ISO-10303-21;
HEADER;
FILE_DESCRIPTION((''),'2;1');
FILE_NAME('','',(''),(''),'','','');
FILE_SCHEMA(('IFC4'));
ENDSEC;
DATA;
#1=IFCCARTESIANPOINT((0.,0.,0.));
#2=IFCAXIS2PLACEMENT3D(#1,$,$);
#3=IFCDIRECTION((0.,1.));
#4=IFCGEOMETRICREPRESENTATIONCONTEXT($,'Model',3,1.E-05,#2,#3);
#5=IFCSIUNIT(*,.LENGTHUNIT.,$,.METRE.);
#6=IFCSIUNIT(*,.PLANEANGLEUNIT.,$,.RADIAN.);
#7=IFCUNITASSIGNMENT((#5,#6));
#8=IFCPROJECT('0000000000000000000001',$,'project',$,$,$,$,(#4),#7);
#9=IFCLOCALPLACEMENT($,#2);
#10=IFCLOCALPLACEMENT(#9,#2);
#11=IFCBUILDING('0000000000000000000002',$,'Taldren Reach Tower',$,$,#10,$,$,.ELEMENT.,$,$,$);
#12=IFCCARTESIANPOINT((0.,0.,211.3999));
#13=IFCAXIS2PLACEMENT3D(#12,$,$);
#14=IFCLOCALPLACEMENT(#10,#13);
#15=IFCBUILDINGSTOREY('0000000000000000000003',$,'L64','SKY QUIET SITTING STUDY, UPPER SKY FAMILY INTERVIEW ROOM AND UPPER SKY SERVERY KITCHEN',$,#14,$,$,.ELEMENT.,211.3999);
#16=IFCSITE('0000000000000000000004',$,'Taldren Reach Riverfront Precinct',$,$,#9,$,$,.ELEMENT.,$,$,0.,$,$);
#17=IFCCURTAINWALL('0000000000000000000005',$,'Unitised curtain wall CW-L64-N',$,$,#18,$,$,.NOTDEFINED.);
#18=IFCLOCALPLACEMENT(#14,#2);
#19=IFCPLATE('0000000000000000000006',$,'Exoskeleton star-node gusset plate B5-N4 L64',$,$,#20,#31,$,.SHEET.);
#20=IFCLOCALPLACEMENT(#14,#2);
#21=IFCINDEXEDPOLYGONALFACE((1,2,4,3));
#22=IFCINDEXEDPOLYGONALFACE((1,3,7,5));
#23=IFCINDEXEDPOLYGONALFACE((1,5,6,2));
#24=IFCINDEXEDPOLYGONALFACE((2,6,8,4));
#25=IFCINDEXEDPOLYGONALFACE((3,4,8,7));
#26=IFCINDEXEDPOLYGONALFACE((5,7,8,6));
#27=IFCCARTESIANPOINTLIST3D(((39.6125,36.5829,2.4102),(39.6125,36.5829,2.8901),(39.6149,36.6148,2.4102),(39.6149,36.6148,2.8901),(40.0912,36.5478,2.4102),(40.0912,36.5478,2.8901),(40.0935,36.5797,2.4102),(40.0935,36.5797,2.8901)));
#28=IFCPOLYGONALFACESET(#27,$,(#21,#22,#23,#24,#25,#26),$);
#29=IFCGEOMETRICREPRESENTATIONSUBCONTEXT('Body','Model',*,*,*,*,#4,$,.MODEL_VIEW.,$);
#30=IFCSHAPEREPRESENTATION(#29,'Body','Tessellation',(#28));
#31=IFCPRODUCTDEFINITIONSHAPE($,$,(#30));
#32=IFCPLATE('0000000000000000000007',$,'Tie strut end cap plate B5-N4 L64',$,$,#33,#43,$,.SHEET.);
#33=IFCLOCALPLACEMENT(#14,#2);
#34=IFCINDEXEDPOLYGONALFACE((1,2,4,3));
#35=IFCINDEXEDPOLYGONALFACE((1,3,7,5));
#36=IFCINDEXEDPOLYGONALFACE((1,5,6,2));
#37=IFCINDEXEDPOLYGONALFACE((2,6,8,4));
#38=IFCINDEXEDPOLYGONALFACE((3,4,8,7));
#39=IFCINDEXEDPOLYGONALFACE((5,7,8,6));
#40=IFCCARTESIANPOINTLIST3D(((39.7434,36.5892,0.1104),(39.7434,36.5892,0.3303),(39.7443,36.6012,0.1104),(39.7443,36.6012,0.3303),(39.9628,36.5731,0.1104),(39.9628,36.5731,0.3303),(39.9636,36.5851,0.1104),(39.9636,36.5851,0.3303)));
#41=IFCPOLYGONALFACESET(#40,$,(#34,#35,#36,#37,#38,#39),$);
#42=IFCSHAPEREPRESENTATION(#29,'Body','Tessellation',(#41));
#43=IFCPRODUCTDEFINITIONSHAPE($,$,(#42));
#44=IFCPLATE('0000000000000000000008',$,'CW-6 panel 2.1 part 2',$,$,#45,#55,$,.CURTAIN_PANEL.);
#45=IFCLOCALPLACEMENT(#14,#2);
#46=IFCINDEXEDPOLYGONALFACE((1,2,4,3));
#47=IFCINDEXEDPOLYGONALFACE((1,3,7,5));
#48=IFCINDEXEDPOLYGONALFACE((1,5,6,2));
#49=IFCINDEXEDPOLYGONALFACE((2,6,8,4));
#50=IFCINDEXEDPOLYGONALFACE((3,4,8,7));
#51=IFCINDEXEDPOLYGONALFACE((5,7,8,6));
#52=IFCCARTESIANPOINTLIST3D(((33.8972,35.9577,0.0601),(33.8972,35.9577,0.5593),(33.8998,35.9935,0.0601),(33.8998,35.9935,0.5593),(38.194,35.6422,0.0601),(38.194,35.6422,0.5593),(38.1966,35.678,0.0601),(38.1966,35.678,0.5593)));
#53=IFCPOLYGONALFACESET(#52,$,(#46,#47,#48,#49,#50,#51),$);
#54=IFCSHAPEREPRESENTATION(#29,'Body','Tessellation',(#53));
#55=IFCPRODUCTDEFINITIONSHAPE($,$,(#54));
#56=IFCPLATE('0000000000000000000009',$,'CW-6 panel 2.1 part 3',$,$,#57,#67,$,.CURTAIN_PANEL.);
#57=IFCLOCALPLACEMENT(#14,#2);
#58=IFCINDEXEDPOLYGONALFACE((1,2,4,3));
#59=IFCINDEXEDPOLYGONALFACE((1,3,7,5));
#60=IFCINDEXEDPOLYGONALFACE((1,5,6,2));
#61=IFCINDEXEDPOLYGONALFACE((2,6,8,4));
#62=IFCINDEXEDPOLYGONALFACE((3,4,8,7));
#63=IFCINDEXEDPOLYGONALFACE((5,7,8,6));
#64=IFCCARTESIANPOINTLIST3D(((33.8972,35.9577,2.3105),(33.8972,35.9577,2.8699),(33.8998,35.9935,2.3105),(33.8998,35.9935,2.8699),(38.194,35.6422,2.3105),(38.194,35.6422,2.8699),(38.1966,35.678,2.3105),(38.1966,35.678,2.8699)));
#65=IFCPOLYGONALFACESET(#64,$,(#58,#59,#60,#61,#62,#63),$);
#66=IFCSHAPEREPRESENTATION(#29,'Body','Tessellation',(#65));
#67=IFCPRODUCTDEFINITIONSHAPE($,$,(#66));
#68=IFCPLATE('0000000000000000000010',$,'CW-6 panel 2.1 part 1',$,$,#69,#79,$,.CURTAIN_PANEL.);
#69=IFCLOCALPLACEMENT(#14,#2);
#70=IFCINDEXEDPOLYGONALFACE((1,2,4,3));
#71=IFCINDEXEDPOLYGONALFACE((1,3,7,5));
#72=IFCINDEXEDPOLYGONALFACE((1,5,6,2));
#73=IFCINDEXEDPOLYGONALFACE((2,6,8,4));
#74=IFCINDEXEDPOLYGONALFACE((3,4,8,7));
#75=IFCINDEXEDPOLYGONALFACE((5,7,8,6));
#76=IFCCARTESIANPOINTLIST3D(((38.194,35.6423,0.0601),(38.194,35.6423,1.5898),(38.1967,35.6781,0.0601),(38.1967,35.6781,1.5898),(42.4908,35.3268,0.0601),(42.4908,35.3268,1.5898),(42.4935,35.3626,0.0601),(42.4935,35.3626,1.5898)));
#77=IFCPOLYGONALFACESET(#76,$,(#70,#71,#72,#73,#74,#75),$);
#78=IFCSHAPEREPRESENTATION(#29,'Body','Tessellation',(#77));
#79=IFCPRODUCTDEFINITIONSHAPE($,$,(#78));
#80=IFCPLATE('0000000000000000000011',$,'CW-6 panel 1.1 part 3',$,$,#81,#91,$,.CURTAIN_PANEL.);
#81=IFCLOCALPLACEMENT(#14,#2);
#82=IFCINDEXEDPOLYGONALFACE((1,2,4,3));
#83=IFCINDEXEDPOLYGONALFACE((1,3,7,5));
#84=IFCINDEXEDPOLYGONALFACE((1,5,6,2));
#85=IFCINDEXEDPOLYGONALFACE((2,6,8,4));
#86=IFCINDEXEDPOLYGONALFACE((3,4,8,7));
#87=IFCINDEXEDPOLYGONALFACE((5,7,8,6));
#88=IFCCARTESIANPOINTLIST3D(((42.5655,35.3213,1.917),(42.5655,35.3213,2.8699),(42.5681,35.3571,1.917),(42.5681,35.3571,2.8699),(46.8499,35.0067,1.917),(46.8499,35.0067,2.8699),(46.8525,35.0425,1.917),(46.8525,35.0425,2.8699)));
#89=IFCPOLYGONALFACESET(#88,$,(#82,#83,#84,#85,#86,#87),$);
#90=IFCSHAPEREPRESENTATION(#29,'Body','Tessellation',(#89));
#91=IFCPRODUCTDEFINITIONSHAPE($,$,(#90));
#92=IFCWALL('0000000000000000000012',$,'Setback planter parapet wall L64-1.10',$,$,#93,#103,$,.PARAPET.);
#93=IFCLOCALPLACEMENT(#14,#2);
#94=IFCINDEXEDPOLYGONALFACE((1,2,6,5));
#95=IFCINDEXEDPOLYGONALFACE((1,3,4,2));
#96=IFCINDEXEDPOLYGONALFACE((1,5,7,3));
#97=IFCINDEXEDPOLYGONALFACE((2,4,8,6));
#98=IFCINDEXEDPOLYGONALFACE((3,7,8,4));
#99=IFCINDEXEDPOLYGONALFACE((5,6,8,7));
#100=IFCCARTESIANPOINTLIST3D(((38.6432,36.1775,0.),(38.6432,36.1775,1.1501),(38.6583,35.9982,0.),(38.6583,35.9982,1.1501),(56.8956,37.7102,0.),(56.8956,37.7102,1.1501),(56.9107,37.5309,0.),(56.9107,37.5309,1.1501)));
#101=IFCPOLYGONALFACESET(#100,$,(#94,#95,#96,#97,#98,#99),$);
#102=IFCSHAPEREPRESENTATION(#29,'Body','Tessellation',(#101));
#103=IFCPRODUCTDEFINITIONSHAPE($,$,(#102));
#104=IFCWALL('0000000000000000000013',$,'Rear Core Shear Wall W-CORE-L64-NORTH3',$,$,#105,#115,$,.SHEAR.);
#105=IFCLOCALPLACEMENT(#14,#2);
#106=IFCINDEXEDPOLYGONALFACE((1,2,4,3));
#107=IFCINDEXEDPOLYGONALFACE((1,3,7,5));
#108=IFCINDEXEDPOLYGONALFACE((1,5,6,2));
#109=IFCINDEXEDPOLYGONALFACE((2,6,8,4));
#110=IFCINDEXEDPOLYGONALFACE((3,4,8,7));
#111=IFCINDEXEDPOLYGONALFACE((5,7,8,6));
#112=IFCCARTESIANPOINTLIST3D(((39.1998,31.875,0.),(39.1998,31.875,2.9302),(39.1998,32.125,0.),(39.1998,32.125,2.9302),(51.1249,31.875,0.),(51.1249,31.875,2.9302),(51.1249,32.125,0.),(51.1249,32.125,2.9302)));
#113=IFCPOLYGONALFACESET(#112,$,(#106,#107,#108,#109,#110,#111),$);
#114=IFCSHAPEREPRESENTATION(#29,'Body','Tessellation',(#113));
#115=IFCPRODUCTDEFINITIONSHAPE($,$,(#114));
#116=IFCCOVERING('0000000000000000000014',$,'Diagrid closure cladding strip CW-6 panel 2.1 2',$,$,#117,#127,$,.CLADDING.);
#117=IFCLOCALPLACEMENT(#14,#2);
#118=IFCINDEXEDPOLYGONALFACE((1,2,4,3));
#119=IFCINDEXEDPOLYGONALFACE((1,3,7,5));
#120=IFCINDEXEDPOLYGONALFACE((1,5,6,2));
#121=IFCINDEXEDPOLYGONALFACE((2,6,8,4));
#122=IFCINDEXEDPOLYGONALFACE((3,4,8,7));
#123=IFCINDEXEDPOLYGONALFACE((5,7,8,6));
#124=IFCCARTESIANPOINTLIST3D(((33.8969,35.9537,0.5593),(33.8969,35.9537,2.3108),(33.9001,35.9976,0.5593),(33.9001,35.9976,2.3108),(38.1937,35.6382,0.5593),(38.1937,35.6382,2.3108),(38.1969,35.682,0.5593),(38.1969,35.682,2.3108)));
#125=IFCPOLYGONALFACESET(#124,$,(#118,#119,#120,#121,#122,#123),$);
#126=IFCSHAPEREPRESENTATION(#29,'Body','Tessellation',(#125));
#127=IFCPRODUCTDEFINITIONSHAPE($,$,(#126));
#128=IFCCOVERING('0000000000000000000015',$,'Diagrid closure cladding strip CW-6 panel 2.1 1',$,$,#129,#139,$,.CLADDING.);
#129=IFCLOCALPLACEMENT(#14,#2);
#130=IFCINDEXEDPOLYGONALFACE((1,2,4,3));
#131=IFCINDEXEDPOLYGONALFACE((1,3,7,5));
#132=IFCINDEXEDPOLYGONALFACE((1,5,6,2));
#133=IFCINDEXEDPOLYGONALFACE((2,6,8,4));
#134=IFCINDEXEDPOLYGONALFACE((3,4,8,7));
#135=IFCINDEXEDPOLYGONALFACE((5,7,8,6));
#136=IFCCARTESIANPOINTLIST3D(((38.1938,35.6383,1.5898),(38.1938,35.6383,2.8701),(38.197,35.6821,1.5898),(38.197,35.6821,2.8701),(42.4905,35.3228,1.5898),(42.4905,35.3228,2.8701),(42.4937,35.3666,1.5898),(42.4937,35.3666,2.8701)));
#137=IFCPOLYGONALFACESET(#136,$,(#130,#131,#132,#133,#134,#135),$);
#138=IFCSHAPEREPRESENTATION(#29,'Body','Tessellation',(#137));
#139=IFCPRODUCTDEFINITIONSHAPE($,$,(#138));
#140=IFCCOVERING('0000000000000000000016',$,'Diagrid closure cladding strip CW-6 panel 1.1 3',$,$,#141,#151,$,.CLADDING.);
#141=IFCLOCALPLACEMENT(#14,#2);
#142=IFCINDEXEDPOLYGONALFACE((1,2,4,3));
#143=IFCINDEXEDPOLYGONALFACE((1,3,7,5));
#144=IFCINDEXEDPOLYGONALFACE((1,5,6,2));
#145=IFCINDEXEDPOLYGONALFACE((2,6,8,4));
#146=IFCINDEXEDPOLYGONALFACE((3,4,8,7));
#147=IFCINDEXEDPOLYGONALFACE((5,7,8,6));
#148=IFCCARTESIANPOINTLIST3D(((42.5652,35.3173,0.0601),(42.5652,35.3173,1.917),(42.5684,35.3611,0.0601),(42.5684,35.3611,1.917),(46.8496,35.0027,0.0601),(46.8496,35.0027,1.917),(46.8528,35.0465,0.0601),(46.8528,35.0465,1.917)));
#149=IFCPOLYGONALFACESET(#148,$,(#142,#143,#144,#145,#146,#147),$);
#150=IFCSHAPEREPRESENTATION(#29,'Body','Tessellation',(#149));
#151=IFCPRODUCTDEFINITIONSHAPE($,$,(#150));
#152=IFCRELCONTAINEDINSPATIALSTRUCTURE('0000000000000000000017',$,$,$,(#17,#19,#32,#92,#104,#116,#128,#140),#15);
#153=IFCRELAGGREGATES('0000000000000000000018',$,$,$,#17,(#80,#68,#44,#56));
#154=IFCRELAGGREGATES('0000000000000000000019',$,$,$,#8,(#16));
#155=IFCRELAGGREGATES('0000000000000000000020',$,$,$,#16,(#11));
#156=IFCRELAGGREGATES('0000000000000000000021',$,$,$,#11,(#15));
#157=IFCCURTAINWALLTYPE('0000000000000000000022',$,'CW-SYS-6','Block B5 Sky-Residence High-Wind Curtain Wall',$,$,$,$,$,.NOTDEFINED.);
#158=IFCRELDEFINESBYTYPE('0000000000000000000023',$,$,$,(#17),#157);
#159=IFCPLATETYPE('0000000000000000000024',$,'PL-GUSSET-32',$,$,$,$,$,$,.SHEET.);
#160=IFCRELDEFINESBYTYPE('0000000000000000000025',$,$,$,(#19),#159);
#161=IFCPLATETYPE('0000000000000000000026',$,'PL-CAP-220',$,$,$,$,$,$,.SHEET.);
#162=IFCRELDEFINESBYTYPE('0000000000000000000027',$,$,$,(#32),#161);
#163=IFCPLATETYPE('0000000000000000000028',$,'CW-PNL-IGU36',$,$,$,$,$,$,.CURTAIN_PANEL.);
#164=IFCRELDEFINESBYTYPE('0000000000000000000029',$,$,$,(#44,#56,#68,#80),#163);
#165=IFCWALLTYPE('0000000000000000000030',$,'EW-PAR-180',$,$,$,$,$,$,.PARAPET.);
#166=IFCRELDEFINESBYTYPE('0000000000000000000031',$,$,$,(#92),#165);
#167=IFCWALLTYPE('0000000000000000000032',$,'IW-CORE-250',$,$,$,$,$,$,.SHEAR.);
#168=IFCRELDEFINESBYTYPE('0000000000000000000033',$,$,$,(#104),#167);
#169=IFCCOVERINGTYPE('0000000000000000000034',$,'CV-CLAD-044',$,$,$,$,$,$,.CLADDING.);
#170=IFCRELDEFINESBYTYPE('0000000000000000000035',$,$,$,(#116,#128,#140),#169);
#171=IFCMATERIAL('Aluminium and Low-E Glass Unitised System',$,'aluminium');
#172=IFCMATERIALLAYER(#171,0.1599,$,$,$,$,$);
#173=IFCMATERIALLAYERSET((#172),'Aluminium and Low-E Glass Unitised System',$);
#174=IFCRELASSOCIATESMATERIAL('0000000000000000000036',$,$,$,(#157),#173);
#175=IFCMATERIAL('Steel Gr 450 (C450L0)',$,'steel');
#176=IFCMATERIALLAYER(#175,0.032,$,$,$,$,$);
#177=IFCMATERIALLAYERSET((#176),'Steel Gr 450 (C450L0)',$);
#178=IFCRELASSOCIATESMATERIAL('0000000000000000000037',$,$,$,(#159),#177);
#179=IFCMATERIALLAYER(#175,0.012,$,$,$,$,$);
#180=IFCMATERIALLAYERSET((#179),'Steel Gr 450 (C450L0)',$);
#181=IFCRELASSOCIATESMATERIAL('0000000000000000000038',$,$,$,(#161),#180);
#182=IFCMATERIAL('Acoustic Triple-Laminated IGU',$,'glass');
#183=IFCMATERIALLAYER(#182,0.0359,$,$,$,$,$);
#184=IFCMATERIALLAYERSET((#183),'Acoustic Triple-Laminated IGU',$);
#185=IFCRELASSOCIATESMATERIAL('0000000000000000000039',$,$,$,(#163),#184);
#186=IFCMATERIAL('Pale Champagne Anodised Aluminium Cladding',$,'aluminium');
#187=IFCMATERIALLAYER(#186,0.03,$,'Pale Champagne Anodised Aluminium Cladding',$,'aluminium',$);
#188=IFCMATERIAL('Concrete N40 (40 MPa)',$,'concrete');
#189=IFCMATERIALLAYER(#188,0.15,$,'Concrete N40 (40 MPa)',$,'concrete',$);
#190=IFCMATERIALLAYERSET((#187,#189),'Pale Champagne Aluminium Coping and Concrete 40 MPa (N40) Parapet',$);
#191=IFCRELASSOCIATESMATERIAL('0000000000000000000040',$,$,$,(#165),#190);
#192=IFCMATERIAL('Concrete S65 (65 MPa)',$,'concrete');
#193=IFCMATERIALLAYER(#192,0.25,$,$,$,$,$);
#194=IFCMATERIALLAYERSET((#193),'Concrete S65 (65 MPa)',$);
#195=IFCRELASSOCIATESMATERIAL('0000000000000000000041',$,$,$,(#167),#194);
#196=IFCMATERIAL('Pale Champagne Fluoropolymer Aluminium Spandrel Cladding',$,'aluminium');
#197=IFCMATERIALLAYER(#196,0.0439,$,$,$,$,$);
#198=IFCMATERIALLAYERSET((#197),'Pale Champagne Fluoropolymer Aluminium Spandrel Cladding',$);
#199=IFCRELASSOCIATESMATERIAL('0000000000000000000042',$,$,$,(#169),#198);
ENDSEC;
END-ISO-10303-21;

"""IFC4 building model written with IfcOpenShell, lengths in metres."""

from ifc_helpers import new_model, si_unit, direction, frame, frame_2d, origin, origin_2d, place, context, subcontext, project, spatial, rectangle, extrude, source, transform, mapped, material, layer, layer_set, type_object, element, aggregate, save


model = new_model("IFC4")

# Units and contexts
model_context = context("Model", 3, precision=1e-05, world=origin(), true_north=direction((0.0, 1.0)))
body_context = subcontext(model_context, "Body", "Model", "MODEL_VIEW")
ifc_project = project(units=[si_unit("LENGTHUNIT", "METRE"), si_unit("PLANEANGLEUNIT", "RADIAN")], contexts=[model_context])

# Site, building, storey
site_placement = place(None, origin())
site = spatial("IfcSite", under=ifc_project, at=site_placement, Name="Taldren Reach Riverfront Precinct", CompositionType="ELEMENT", RefElevation=0.0)
building_placement = place(site_placement, origin())
building = spatial("IfcBuilding", under=site, at=building_placement, Name="Taldren Reach Tower", CompositionType="ELEMENT")
storey_placement = place(building_placement, frame((0.0, 0.0, 211.3999)))
storey = spatial("IfcBuildingStorey", under=building, at=storey_placement, Name="L64", Description="SKY QUIET SITTING STUDY, UPPER SKY FAMILY INTERVIEW ROOM AND UPPER SKY SERVERY KITCHEN", CompositionType="ELEMENT", Elevation=211.3999)

# Shared definitions
ifc_material_1 = material(Name="Steel Gr 450 (C450L0)", Category="steel")

# Curtain wall
ifc_material_2 = material(Name="Aluminium and Low-E Glass Unitised System", Category="aluminium")
ifc_layer_1 = layer(ifc_material_2, 0.1599)
ifc_layer_set_1 = layer_set([ifc_layer_1], Name="Aluminium and Low-E Glass Unitised System")
curtain_wall_type = type_object("IfcCurtainWallType", Name="CW-SYS-6", Description="Block B5 Sky-Residence High-Wind Curtain Wall", PredefinedType="NOTDEFINED", material=ifc_layer_set_1)
curtain_wall_placement = place(storey_placement, origin())
curtain_wall = element("IfcCurtainWall", 1, at=curtain_wall_placement, inside=storey, type_object=curtain_wall_type, Name="Unitised curtain wall CW-L64-N", PredefinedType="NOTDEFINED")

# Plates
ifc_layer_2 = layer(ifc_material_1, 0.032)
ifc_layer_set_2 = layer_set([ifc_layer_2], Name="Steel Gr 450 (C450L0)")
plate_type_1 = type_object("IfcPlateType", Name="PL-GUSSET-32", PredefinedType="SHEET", material=ifc_layer_set_2)
shared_shape_1 = source(origin(), body_context, "Body", "SweptSolid", [
    extrude(rectangle(XDim=0.48, YDim=0.032, at=origin_2d()), origin(), (0.0, 0.0, 1.0), 0.48),
])
plate_1_placement = place(storey_placement, frame((39.853, 36.5813, 2.4102), z_axis=(0.0, 0.0, 1.0), x_axis=(0.997314, -0.073238, 0.0)))
element("IfcPlate", 2, at=plate_1_placement, inside=storey, type_object=plate_type_1, Name="Exoskeleton star-node gusset plate B5-N4 L64", PredefinedType="SHEET", context=body_context, shape_type="MappedRepresentation", body=[
    mapped(shared_shape_1, transform((0.0, 0.0, 0.0), scale=1.0)),
])
ifc_layer_3 = layer(ifc_material_1, 0.012)
ifc_layer_set_3 = layer_set([ifc_layer_3], Name="Steel Gr 450 (C450L0)")
plate_type_2 = type_object("IfcPlateType", Name="PL-CAP-220", PredefinedType="SHEET", material=ifc_layer_set_3)
shared_shape_2 = source(origin(), body_context, "Body", "SweptSolid", [
    extrude(rectangle(XDim=0.22, YDim=0.012, at=origin_2d()), origin(), (0.0, 0.0, 1.0), 0.22),
])
plate_2_placement = place(storey_placement, frame((39.8535, 36.5872, 0.1104), z_axis=(0.0, 0.0, 1.0), x_axis=(0.997314, -0.073238, 0.0)))
element("IfcPlate", 3, at=plate_2_placement, inside=storey, type_object=plate_type_2, Name="Tie strut end cap plate B5-N4 L64", PredefinedType="SHEET", context=body_context, shape_type="MappedRepresentation", body=[
    mapped(shared_shape_2, transform((0.0, 0.0, 0.0), scale=1.0)),
])

# Plates
ifc_material_3 = material(Name="Acoustic Triple-Laminated IGU", Category="glass")
ifc_layer_4 = layer(ifc_material_3, 0.0359)
ifc_layer_set_4 = layer_set([ifc_layer_4], Name="Acoustic Triple-Laminated IGU")
plate_type_3 = type_object("IfcPlateType", Name="CW-PNL-IGU36", PredefinedType="CURTAIN_PANEL", material=ifc_layer_set_4)
shared_shape_3 = source(origin(), body_context, "Body", "SweptSolid", [
    extrude(rectangle(XDim=4.3083, YDim=0.0359, at=origin_2d()), origin(), (0.0, 0.0, 1.0), 0.4993),
])
plate_3_placement = place(storey_placement, frame((36.0469, 35.8179, 0.0601), z_axis=(0.0, 0.0, 1.0), x_axis=(-0.997314, 0.073238, 0.0)))
plate_3 = element("IfcPlate", 4, at=plate_3_placement, type_object=plate_type_3, Name="CW-6 panel 2.1 part 2", PredefinedType="CURTAIN_PANEL", context=body_context, shape_type="MappedRepresentation", body=[
    mapped(shared_shape_3, transform((0.0, 0.0, 0.0), scale=1.0)),
])
shared_shape_4 = source(origin(), body_context, "Body", "SweptSolid", [
    extrude(rectangle(XDim=4.3083, YDim=0.0359, at=origin_2d()), origin(), (0.0, 0.0, 1.0), 0.5593),
])
plate_4_placement = place(storey_placement, frame((36.0469, 35.8179, 2.3105), z_axis=(0.0, 0.0, 1.0), x_axis=(-0.997314, 0.073238, 0.0)))
plate_4 = element("IfcPlate", 5, at=plate_4_placement, type_object=plate_type_3, Name="CW-6 panel 2.1 part 3", PredefinedType="CURTAIN_PANEL", context=body_context, shape_type="MappedRepresentation", body=[
    mapped(shared_shape_4, transform((0.0, 0.0, 0.0), scale=1.0)),
])
shared_shape_5 = source(origin(), body_context, "Body", "SweptSolid", [
    extrude(rectangle(XDim=4.3083, YDim=0.0359, at=origin_2d()), origin(), (0.0, 0.0, 1.0), 1.5298),
])
plate_5_placement = place(storey_placement, frame((40.3438, 35.5024, 0.0601), z_axis=(0.0, 0.0, 1.0), x_axis=(-0.997314, 0.073238, 0.0)))
plate_5 = element("IfcPlate", 6, at=plate_5_placement, type_object=plate_type_3, Name="CW-6 panel 2.1 part 1", PredefinedType="CURTAIN_PANEL", context=body_context, shape_type="MappedRepresentation", body=[
    mapped(shared_shape_5, transform((0.0, 0.0, 0.0), scale=1.0)),
])
shared_shape_6 = source(origin(), body_context, "Body", "SweptSolid", [
    extrude(rectangle(XDim=4.2959, YDim=0.0359, at=origin_2d()), origin(), (0.0, 0.0, 1.0), 0.9529),
])
plate_6_placement = place(storey_placement, frame((44.709, 35.1819, 1.917), z_axis=(0.0, 0.0, 1.0), x_axis=(-0.997314, 0.073238, 0.0)))
plate_6 = element("IfcPlate", 7, at=plate_6_placement, type_object=plate_type_3, Name="CW-6 panel 1.1 part 3", PredefinedType="CURTAIN_PANEL", context=body_context, shape_type="MappedRepresentation", body=[
    mapped(shared_shape_6, transform((0.0, 0.0, 0.0), scale=1.0)),
])
aggregate(curtain_wall, [plate_6, plate_5, plate_3, plate_4])

# Walls
ifc_material_4 = material(Name="Pale Champagne Anodised Aluminium Cladding", Category="aluminium")
ifc_layer_5 = layer(ifc_material_4, 0.03, Name="Pale Champagne Anodised Aluminium Cladding", Category="aluminium")
ifc_material_5 = material(Name="Concrete N40 (40 MPa)", Category="concrete")
ifc_layer_6 = layer(ifc_material_5, 0.15, Name="Concrete N40 (40 MPa)", Category="concrete")
ifc_layer_set_5 = layer_set([ifc_layer_5, ifc_layer_6], Name="Pale Champagne Aluminium Coping and Concrete 40 MPa (N40) Parapet")
wall_type_1 = type_object("IfcWallType", Name="EW-PAR-180", PredefinedType="PARAPET", material=ifc_layer_set_5)
shared_shape_7 = source(origin(), body_context, "Body", "SweptSolid", [
    extrude(rectangle(XDim=18.3167, YDim=0.1799, at=frame_2d((9.1582, 0.0))), origin(), (0.0, 0.0, 1.0), 1.1501),
])
wall_1_placement = place(storey_placement, frame((38.6509, 36.0879, 0.0), z_axis=(0.0, 0.0, 1.0), x_axis=(0.996493, 0.083679, 0.0)))
element("IfcWall", 8, at=wall_1_placement, inside=storey, type_object=wall_type_1, Name="Setback planter parapet wall L64-1.10", PredefinedType="PARAPET", context=body_context, shape_type="MappedRepresentation", body=[
    mapped(shared_shape_7, transform((0.0, 0.0, 0.0), scale=1.0)),
])
ifc_material_6 = material(Name="Concrete S65 (65 MPa)", Category="concrete")
ifc_layer_7 = layer(ifc_material_6, 0.25)
ifc_layer_set_6 = layer_set([ifc_layer_7], Name="Concrete S65 (65 MPa)")
wall_type_2 = type_object("IfcWallType", Name="IW-CORE-250", PredefinedType="SHEAR", material=ifc_layer_set_6)
shared_shape_8 = source(origin(), body_context, "Body", "SweptSolid", [
    extrude(rectangle(XDim=11.925, YDim=0.25, at=frame_2d((5.9624, 0.0))), origin(), (0.0, 0.0, 1.0), 2.9302),
])
wall_2_placement = place(storey_placement, frame((39.2, 32.0, 0.0), z_axis=(0.0, 0.0, 1.0), x_axis=(1.0, 0.0, 0.0)))
element("IfcWall", 9, at=wall_2_placement, inside=storey, type_object=wall_type_2, Name="Rear Core Shear Wall W-CORE-L64-NORTH3", PredefinedType="SHEAR", context=body_context, shape_type="MappedRepresentation", body=[
    mapped(shared_shape_8, transform((0.0, 0.0, 0.0), scale=1.0)),
])

# Coverings
ifc_material_7 = material(Name="Pale Champagne Fluoropolymer Aluminium Spandrel Cladding", Category="aluminium")
ifc_layer_8 = layer(ifc_material_7, 0.0439)
ifc_layer_set_7 = layer_set([ifc_layer_8], Name="Pale Champagne Fluoropolymer Aluminium Spandrel Cladding")
covering_type = type_object("IfcCoveringType", Name="CV-CLAD-044", PredefinedType="CLADDING", material=ifc_layer_set_7)
shared_shape_9 = source(origin(), body_context, "Body", "SweptSolid", [
    extrude(rectangle(XDim=4.3083, YDim=0.0439, at=origin_2d()), origin(), (0.0, 0.0, 1.0), 1.7515),
])
covering_1_placement = place(storey_placement, frame((36.0469, 35.8179, 0.5593), z_axis=(0.0, 0.0, 1.0), x_axis=(-0.997314, 0.073238, 0.0)))
element("IfcCovering", 10, at=covering_1_placement, inside=storey, type_object=covering_type, Name="Diagrid closure cladding strip CW-6 panel 2.1 2", PredefinedType="CLADDING", context=body_context, shape_type="MappedRepresentation", body=[
    mapped(shared_shape_9, transform((0.0, 0.0, 0.0), scale=1.0)),
])
shared_shape_10 = source(origin(), body_context, "Body", "SweptSolid", [
    extrude(rectangle(XDim=4.3083, YDim=0.0439, at=origin_2d()), origin(), (0.0, 0.0, 1.0), 1.2803),
])
covering_2_placement = place(storey_placement, frame((40.3438, 35.5024, 1.5898), z_axis=(0.0, 0.0, 1.0), x_axis=(-0.997314, 0.073238, 0.0)))
element("IfcCovering", 11, at=covering_2_placement, inside=storey, type_object=covering_type, Name="Diagrid closure cladding strip CW-6 panel 2.1 1", PredefinedType="CLADDING", context=body_context, shape_type="MappedRepresentation", body=[
    mapped(shared_shape_10, transform((0.0, 0.0, 0.0), scale=1.0)),
])
shared_shape_11 = source(origin(), body_context, "Body", "SweptSolid", [
    extrude(rectangle(XDim=4.2959, YDim=0.0439, at=origin_2d()), origin(), (0.0, 0.0, 1.0), 1.8569),
])
covering_3_placement = place(storey_placement, frame((44.709, 35.1819, 0.0601), z_axis=(0.0, 0.0, 1.0), x_axis=(-0.997314, 0.073238, 0.0)))
element("IfcCovering", 12, at=covering_3_placement, inside=storey, type_object=covering_type, Name="Diagrid closure cladding strip CW-6 panel 1.1 3", PredefinedType="CLADDING", context=body_context, shape_type="MappedRepresentation", body=[
    mapped(shared_shape_11, transform((0.0, 0.0, 0.0), scale=1.0)),
])

save(model, "model.ifc")
